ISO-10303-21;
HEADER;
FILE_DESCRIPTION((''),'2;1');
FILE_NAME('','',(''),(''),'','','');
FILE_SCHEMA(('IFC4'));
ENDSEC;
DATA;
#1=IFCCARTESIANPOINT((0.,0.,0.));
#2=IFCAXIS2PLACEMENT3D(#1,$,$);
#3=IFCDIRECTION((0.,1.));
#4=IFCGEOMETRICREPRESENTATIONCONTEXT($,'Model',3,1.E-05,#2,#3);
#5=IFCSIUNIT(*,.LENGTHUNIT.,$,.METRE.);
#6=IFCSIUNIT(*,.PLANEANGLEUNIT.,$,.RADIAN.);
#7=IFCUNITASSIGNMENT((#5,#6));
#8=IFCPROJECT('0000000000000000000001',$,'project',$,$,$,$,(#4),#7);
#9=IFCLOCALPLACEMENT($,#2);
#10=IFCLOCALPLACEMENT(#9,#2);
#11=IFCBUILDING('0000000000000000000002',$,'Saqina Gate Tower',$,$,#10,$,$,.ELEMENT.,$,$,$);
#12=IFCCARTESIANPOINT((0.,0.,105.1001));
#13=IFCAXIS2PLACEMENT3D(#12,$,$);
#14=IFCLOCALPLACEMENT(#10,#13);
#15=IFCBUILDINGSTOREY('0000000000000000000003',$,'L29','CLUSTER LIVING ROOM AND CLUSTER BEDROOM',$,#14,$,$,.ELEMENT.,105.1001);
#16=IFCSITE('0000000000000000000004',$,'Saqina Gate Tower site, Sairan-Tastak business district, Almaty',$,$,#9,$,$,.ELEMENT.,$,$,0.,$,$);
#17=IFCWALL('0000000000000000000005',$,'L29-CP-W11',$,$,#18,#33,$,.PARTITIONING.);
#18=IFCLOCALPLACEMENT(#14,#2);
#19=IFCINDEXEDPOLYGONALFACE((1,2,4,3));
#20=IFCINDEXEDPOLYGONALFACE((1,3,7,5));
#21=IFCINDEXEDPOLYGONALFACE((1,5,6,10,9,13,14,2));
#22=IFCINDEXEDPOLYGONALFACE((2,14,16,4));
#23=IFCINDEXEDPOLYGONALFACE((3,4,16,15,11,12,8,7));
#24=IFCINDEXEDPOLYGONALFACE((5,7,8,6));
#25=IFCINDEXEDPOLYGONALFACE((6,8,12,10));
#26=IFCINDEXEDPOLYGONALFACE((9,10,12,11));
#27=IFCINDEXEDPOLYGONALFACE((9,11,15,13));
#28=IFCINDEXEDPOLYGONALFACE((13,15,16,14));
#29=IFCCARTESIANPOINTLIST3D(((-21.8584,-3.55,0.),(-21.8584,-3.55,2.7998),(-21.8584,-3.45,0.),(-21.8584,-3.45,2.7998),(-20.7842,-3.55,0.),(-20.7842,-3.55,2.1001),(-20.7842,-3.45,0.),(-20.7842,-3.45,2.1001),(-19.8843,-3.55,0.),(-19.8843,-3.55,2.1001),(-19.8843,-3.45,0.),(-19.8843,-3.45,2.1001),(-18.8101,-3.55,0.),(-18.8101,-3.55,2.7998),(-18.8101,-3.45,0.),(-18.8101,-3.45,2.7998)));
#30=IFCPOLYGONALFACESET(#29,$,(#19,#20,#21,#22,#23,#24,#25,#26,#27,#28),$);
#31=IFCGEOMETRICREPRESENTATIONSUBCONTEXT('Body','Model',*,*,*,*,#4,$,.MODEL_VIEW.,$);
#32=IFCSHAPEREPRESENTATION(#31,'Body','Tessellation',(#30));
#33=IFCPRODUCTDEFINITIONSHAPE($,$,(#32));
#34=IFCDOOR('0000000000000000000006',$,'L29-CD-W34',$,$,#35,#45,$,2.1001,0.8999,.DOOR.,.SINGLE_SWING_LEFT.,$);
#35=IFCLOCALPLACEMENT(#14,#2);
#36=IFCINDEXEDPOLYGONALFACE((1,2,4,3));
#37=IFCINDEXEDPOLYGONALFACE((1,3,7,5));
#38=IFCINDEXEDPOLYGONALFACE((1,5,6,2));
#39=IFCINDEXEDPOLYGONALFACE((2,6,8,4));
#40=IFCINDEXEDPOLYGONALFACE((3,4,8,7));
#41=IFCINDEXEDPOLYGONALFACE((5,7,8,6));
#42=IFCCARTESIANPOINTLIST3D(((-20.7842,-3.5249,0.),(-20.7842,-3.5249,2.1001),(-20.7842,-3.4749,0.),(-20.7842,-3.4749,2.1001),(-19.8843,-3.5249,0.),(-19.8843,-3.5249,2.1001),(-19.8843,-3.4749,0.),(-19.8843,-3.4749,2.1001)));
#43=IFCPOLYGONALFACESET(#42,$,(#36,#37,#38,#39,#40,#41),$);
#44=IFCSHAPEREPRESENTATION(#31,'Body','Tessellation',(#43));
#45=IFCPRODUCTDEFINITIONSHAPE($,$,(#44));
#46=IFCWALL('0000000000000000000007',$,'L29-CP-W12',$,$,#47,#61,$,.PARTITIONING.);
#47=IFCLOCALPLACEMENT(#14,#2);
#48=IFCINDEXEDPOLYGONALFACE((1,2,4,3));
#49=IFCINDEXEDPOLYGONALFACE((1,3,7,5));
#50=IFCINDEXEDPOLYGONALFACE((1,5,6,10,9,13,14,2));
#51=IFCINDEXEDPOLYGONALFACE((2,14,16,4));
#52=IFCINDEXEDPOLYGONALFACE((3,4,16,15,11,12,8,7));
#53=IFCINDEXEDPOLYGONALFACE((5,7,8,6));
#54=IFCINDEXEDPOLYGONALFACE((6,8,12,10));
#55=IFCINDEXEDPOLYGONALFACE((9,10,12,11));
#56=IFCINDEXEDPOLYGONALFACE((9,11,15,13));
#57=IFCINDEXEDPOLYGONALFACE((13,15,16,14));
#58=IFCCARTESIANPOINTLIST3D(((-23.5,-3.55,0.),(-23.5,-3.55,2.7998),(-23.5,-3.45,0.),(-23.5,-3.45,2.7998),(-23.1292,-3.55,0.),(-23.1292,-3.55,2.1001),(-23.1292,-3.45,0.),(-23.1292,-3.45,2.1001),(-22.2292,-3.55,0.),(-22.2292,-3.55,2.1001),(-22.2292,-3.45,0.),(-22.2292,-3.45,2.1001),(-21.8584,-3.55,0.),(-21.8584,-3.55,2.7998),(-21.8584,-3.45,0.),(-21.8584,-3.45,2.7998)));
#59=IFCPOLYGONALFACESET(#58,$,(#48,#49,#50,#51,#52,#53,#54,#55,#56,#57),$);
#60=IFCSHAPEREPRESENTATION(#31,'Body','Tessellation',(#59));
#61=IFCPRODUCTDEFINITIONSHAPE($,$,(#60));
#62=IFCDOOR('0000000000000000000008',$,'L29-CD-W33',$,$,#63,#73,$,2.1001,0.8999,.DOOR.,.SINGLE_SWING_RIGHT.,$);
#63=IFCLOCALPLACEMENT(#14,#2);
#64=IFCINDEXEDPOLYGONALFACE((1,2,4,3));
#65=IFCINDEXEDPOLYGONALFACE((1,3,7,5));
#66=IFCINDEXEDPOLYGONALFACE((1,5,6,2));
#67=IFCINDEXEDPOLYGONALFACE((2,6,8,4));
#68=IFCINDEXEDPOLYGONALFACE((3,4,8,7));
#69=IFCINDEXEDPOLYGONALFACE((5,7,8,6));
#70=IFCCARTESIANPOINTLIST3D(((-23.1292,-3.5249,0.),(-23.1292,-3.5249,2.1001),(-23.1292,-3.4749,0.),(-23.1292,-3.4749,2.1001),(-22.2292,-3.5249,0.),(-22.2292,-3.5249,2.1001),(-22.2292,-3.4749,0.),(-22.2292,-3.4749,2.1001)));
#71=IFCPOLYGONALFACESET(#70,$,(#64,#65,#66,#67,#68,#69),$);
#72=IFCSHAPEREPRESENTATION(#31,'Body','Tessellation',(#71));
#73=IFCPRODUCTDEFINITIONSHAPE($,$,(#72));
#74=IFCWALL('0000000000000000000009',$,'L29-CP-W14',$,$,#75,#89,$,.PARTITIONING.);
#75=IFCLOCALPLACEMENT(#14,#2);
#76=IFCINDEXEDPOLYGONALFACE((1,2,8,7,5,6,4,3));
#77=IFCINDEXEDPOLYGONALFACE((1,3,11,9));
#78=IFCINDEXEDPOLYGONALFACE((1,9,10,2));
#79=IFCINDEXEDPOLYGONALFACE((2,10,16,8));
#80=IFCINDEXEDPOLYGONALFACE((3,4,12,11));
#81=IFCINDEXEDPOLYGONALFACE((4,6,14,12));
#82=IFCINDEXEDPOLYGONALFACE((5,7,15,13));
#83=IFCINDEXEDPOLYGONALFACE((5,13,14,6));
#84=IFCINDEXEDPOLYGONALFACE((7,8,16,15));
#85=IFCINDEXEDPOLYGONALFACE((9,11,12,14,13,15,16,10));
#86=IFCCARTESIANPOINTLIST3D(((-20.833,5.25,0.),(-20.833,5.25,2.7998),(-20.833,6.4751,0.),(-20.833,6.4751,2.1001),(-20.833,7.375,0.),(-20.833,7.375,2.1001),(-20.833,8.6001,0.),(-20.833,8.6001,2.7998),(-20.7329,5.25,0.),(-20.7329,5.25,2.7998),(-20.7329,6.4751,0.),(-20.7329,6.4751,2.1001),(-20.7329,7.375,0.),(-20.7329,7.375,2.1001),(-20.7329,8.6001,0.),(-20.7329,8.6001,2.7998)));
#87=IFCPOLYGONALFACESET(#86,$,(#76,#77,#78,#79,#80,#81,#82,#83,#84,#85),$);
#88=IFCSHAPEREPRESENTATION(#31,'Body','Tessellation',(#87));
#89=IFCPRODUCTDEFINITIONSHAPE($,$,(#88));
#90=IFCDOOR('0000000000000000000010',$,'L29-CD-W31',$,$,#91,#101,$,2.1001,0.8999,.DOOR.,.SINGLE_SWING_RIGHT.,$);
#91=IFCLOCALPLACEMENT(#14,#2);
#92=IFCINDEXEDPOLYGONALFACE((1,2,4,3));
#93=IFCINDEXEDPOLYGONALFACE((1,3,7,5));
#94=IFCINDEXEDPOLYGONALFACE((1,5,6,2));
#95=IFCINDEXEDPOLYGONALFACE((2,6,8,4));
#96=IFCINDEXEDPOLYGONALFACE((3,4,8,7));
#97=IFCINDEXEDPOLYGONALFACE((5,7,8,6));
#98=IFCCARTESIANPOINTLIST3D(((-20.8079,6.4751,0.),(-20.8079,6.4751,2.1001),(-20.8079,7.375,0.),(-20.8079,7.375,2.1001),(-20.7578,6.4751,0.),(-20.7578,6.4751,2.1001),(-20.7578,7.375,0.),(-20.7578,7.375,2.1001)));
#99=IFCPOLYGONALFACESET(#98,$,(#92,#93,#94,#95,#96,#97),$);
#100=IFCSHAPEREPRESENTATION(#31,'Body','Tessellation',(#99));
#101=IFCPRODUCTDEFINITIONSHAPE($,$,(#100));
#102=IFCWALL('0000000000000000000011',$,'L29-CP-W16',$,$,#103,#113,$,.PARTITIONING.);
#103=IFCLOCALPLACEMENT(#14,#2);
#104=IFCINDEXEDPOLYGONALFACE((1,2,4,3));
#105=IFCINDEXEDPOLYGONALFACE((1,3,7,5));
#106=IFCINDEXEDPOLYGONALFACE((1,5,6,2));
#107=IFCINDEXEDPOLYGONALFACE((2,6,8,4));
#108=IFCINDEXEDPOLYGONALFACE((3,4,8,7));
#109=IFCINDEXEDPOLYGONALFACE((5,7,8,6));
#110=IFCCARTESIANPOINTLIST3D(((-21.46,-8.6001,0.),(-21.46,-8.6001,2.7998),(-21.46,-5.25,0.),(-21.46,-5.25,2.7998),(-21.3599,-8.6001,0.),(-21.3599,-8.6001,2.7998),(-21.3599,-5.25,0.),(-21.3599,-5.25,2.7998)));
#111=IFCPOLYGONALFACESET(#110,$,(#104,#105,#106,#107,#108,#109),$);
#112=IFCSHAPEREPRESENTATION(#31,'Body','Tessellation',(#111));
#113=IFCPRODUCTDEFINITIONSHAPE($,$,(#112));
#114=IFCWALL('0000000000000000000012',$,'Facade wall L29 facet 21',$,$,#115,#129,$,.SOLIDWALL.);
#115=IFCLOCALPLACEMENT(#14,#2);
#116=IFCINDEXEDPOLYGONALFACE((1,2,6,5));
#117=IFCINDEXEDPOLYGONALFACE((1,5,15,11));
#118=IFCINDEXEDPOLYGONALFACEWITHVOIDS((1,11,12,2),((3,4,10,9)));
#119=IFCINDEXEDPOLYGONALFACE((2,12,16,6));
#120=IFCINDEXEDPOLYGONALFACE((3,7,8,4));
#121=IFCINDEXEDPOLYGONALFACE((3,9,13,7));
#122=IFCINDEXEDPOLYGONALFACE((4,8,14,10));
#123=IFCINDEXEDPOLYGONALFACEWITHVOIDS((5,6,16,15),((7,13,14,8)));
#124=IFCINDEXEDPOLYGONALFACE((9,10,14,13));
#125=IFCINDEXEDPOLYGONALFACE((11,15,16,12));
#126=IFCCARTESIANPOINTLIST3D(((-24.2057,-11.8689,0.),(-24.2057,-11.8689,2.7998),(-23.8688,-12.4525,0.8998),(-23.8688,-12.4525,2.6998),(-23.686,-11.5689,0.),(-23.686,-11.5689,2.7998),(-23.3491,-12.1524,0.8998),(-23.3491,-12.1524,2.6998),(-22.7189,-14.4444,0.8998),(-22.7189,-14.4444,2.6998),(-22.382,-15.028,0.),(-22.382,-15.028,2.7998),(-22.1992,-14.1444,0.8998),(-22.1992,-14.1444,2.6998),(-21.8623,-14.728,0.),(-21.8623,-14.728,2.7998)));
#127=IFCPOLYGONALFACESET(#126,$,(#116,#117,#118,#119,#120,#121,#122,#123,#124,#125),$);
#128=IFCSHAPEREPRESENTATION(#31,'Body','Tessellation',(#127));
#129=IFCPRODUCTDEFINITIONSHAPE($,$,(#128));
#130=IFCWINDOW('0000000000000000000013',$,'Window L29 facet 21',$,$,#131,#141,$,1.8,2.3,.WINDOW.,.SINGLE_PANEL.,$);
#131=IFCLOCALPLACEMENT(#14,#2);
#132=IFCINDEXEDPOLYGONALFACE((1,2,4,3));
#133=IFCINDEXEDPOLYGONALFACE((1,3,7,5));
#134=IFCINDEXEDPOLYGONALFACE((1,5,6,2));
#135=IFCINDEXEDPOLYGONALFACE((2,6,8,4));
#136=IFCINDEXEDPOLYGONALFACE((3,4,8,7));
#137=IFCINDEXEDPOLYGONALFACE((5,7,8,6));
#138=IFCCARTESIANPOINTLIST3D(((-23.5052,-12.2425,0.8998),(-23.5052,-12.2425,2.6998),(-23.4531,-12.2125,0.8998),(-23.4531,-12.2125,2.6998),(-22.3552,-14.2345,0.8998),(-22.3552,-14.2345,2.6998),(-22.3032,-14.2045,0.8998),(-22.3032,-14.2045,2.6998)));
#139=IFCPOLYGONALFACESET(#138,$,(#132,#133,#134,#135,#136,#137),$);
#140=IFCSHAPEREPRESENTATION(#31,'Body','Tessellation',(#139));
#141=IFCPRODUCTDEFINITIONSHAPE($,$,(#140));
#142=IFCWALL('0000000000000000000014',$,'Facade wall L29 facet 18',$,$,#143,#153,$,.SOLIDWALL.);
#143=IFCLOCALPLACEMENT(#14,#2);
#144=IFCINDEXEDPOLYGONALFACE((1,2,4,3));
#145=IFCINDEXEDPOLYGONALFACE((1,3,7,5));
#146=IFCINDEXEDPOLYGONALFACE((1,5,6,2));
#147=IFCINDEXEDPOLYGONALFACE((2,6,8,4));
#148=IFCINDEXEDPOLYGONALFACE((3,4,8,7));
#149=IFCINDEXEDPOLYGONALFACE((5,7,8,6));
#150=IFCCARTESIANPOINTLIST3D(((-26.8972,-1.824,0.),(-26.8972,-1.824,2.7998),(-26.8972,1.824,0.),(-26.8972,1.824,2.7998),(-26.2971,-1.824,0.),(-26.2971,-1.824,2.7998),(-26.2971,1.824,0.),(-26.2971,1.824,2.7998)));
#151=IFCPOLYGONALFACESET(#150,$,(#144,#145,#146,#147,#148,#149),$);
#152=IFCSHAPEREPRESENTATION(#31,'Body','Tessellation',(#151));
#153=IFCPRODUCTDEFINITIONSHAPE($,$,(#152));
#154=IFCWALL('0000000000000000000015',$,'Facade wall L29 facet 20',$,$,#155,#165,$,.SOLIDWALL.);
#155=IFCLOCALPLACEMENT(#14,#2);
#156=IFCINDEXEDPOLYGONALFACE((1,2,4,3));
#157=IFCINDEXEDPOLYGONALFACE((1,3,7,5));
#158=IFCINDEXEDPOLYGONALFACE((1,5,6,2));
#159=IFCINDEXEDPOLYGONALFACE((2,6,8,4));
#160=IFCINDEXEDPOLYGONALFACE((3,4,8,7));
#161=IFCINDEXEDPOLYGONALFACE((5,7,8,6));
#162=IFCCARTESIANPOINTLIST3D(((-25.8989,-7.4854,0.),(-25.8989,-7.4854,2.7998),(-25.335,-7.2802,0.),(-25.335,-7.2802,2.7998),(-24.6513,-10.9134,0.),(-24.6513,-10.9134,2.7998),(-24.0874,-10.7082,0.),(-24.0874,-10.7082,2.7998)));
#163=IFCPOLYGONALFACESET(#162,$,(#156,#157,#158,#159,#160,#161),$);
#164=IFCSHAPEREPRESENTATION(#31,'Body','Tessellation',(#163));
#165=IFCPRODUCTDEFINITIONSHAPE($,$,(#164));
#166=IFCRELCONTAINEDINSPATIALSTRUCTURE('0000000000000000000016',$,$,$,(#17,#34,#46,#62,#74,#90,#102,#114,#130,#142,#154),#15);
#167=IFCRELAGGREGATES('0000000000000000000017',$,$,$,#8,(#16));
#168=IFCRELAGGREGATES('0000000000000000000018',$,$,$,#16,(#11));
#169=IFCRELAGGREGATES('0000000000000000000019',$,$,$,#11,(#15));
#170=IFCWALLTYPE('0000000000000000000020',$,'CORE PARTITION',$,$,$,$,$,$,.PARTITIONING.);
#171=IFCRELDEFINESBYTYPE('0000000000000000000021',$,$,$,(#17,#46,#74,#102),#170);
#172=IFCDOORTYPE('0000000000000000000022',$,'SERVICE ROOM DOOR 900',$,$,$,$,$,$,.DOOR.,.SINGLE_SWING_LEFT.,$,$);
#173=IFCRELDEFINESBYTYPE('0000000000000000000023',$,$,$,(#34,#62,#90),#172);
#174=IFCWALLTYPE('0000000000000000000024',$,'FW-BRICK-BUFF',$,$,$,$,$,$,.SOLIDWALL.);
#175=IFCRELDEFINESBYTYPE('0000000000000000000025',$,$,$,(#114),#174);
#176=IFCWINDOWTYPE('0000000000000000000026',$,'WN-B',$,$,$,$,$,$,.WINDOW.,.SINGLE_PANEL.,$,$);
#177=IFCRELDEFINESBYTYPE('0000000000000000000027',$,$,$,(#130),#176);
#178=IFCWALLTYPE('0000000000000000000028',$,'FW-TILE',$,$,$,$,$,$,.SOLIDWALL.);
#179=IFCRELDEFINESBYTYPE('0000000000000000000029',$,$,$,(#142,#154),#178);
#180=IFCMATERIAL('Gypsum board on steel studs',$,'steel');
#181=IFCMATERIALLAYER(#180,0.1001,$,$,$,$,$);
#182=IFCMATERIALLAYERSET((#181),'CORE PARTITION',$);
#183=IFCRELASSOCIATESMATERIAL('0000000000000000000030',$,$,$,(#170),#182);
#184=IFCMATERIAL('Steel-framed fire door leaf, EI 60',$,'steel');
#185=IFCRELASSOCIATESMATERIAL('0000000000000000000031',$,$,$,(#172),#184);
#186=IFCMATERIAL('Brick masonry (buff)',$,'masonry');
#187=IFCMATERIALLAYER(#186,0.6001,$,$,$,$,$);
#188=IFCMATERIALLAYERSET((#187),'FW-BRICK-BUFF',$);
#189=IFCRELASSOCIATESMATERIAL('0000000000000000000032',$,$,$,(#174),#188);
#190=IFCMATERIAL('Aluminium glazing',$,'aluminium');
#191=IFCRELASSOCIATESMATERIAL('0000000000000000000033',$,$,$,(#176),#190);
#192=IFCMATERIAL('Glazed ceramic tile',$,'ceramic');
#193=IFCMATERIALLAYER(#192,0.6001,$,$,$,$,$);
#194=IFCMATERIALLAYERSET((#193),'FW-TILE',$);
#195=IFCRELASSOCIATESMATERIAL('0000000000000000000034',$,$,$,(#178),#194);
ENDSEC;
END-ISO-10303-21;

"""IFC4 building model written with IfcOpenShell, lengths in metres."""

from ifc_helpers import new_model, si_unit, direction, frame, frame_2d, origin, place, context, subcontext, project, spatial, rectangle, extrude, material, layer, layer_set, type_object, element, fill, save


model = new_model("IFC4")

# Units and contexts
model_context = context("Model", 3, precision=1e-05, world=origin(), true_north=direction((0.0, 1.0)))
body_context = subcontext(model_context, "Body", "Model", "MODEL_VIEW")
ifc_project = project(units=[si_unit("LENGTHUNIT", "METRE"), si_unit("PLANEANGLEUNIT", "RADIAN")], contexts=[model_context])

# Site, building, storey
site_placement = place(None, origin())
site = spatial("IfcSite", under=ifc_project, at=site_placement, Name="Saqina Gate Tower site, Sairan-Tastak business district, Almaty", CompositionType="ELEMENT", RefElevation=0.0)
building_placement = place(site_placement, origin())
building = spatial("IfcBuilding", under=site, at=building_placement, Name="Saqina Gate Tower", CompositionType="ELEMENT")
storey_placement = place(building_placement, frame((0.0, 0.0, 105.1001)))
storey = spatial("IfcBuildingStorey", under=building, at=storey_placement, Name="L29", Description="CLUSTER LIVING ROOM AND CLUSTER BEDROOM", CompositionType="ELEMENT", Elevation=105.1001)

# Shared definitions
ifc_material_1 = material(Name="Gypsum board on steel studs", Category="steel")
ifc_layer_1 = layer(ifc_material_1, 0.1001)
ifc_layer_set_1 = layer_set([ifc_layer_1], Name="CORE PARTITION")
wall_type_1 = type_object("IfcWallType", Name="CORE PARTITION", PredefinedType="PARTITIONING", material=ifc_layer_set_1)

# Walls, openings, doors
ifc_material_2 = material(Name="Steel-framed fire door leaf, EI 60", Category="steel")
door_type = type_object("IfcDoorType", Name="SERVICE ROOM DOOR 900", OperationType="SINGLE_SWING_LEFT", PredefinedType="DOOR", material=ifc_material_2)
wall_1_placement = place(storey_placement, frame((-18.8101, -3.5, 0.0), z_axis=(0.0, 0.0, 1.0), x_axis=(-1.0, 0.0, 0.0)))
wall_1 = element("IfcWall", 1, at=wall_1_placement, inside=storey, type_object=wall_type_1, Name="L29-CP-W11", PredefinedType="PARTITIONING", context=body_context, shape_type="SweptSolid", body=[
    extrude(rectangle(XDim=3.0483, YDim=0.1001, at=frame_2d((1.5242, 0.0))), origin(), (0.0, 0.0, 1.0), 2.7998),
])
opening_1_placement = place(wall_1_placement, frame((1.0742, 0.0, 0.0)))
opening_1 = element("IfcOpeningElement", 2, at=opening_1_placement, cuts=wall_1, PredefinedType="OPENING", context=body_context, shape_type="SweptSolid", body=[
    extrude(rectangle(XDim=0.8999, YDim=2.1001, at=frame_2d((0.45, 1.05))), frame((0.0, 0.062, 0.0), z_axis=(0.0, -1.0, 0.0), x_axis=(1.0, 0.0, 0.0)), (0.0, 0.0, 1.0), 0.124),
])
door_1_placement = place(opening_1_placement, origin())
door_1 = element("IfcDoor", 3, at=door_1_placement, inside=storey, type_object=door_type, Name="L29-CD-W34", OperationType="SINGLE_SWING_LEFT", OverallHeight=2.1001, OverallWidth=0.8999, PredefinedType="DOOR", context=body_context, shape_type="SweptSolid", body=[
    extrude(rectangle(XDim=0.8999, YDim=2.1001, at=frame_2d((0.45, 1.05))), frame((0.0, 0.0249, 0.0), z_axis=(0.0, -1.0, 0.0), x_axis=(1.0, 0.0, 0.0)), (0.0, 0.0, 1.0), 0.05),
])
fill(opening_1, door_1)
wall_2_placement = place(storey_placement, frame((-21.8584, -3.5, 0.0), z_axis=(0.0, 0.0, 1.0), x_axis=(-1.0, 0.0, 0.0)))
wall_2 = element("IfcWall", 4, at=wall_2_placement, inside=storey, type_object=wall_type_1, Name="L29-CP-W12", PredefinedType="PARTITIONING", context=body_context, shape_type="SweptSolid", body=[
    extrude(rectangle(XDim=1.6416, YDim=0.1001, at=frame_2d((0.8208, 0.0))), origin(), (0.0, 0.0, 1.0), 2.7998),
])
opening_2_placement = place(wall_2_placement, frame((0.3708, 0.0, 0.0)))
opening_2 = element("IfcOpeningElement", 5, at=opening_2_placement, cuts=wall_2, PredefinedType="OPENING", context=body_context, shape_type="SweptSolid", body=[
    extrude(rectangle(XDim=0.8999, YDim=2.1001, at=frame_2d((0.45, 1.05))), frame((0.0, 0.062, 0.0), z_axis=(0.0, -1.0, 0.0), x_axis=(1.0, 0.0, 0.0)), (0.0, 0.0, 1.0), 0.124),
])
door_2_placement = place(opening_2_placement, origin())
door_2 = element("IfcDoor", 6, at=door_2_placement, inside=storey, type_object=door_type, Name="L29-CD-W33", OperationType="SINGLE_SWING_RIGHT", OverallHeight=2.1001, OverallWidth=0.8999, PredefinedType="DOOR", context=body_context, shape_type="SweptSolid", body=[
    extrude(rectangle(XDim=0.8999, YDim=2.1001, at=frame_2d((0.45, 1.05))), frame((0.0, 0.0249, 0.0), z_axis=(0.0, -1.0, 0.0), x_axis=(1.0, 0.0, 0.0)), (0.0, 0.0, 1.0), 0.05),
])
fill(opening_2, door_2)
wall_3_placement = place(storey_placement, frame((-20.783, 5.25, 0.0), z_axis=(0.0, 0.0, 1.0), x_axis=(0.0, 1.0, 0.0)))
wall_3 = element("IfcWall", 7, at=wall_3_placement, inside=storey, type_object=wall_type_1, Name="L29-CP-W14", PredefinedType="PARTITIONING", context=body_context, shape_type="SweptSolid", body=[
    extrude(rectangle(XDim=3.3501, YDim=0.1001, at=frame_2d((1.675, 0.0))), origin(), (0.0, 0.0, 1.0), 2.7998),
])
opening_3_placement = place(wall_3_placement, frame((1.2251, 0.0, 0.0)))
opening_3 = element("IfcOpeningElement", 8, at=opening_3_placement, cuts=wall_3, PredefinedType="OPENING", context=body_context, shape_type="SweptSolid", body=[
    extrude(rectangle(XDim=0.8999, YDim=2.1001, at=frame_2d((0.45, 1.05))), frame((0.0, 0.062, 0.0), z_axis=(0.0, -1.0, 0.0), x_axis=(1.0, 0.0, 0.0)), (0.0, 0.0, 1.0), 0.124),
])
door_3_placement = place(opening_3_placement, origin())
door_3 = element("IfcDoor", 9, at=door_3_placement, inside=storey, type_object=door_type, Name="L29-CD-W31", OperationType="SINGLE_SWING_RIGHT", OverallHeight=2.1001, OverallWidth=0.8999, PredefinedType="DOOR", context=body_context, shape_type="SweptSolid", body=[
    extrude(rectangle(XDim=0.8999, YDim=2.1001, at=frame_2d((0.45, 1.05))), frame((0.0, 0.0249, 0.0), z_axis=(0.0, -1.0, 0.0), x_axis=(1.0, 0.0, 0.0)), (0.0, 0.0, 1.0), 0.05),
])
fill(opening_3, door_3)

# Wall
wall_4_placement = place(storey_placement, frame((-21.4099, -8.6001, 0.0), z_axis=(0.0, 0.0, 1.0), x_axis=(0.0, 1.0, 0.0)))
element("IfcWall", 10, at=wall_4_placement, inside=storey, type_object=wall_type_1, Name="L29-CP-W16", PredefinedType="PARTITIONING", context=body_context, shape_type="SweptSolid", body=[
    extrude(rectangle(XDim=3.3501, YDim=0.1001, at=frame_2d((1.675, 0.0))), origin(), (0.0, 0.0, 1.0), 2.7998),
])

# Wall, opening, window
ifc_material_3 = material(Name="Brick masonry (buff)", Category="masonry")
ifc_layer_2 = layer(ifc_material_3, 0.6001)
ifc_layer_set_2 = layer_set([ifc_layer_2], Name="FW-BRICK-BUFF")
wall_type_2 = type_object("IfcWallType", Name="FW-BRICK-BUFF", PredefinedType="SOLIDWALL", material=ifc_layer_set_2)
wall_5_placement = place(storey_placement, frame((-23.9458, -11.719, 0.0), z_axis=(0.0, 0.0, 1.0), x_axis=(0.499954, -0.866052, 0.0)))
wall_5 = element("IfcWall", 11, at=wall_5_placement, inside=storey, type_object=wall_type_2, Name="Facade wall L29 facet 21", PredefinedType="SOLIDWALL", context=body_context, shape_type="SweptSolid", body=[
    extrude(rectangle(XDim=3.6477, YDim=0.6001, at=frame_2d((1.8237, 0.0))), origin(), (0.0, 0.0, 1.0), 2.7998),
])
opening_4_placement = place(wall_5_placement, frame((0.6738, 0.0, 0.8999)))
opening_4 = element("IfcOpeningElement", 12, at=opening_4_placement, cuts=wall_5, PredefinedType="OPENING", context=body_context, shape_type="SweptSolid", body=[
    extrude(rectangle(XDim=2.3, YDim=1.8, at=frame_2d((1.1499, 0.8999))), frame((0.0, 0.312, 0.0), z_axis=(0.0, -1.0, 0.0), x_axis=(1.0, 0.0, 0.0)), (0.0, 0.0, 1.0), 0.624),
])
ifc_material_4 = material(Name="Aluminium glazing", Category="aluminium")
window_type = type_object("IfcWindowType", Name="WN-B", PartitioningType="SINGLE_PANEL", PredefinedType="WINDOW", material=ifc_material_4)
window_placement = place(opening_4_placement, origin())
window = element("IfcWindow", 13, at=window_placement, inside=storey, type_object=window_type, Name="Window L29 facet 21", OverallHeight=1.8, OverallWidth=2.3, PartitioningType="SINGLE_PANEL", PredefinedType="WINDOW", context=body_context, shape_type="SweptSolid", body=[
    extrude(rectangle(XDim=2.3, YDim=1.8, at=frame_2d((1.1499, 0.8999))), frame((0.0, 0.1799, 0.0), z_axis=(0.0, -1.0, 0.0), x_axis=(1.0, 0.0, 0.0)), (0.0, 0.0, 1.0), 0.0601),
])
fill(opening_4, window)

# Walls
ifc_material_5 = material(Name="Glazed ceramic tile", Category="ceramic")
ifc_layer_3 = layer(ifc_material_5, 0.6001)
ifc_layer_set_3 = layer_set([ifc_layer_3], Name="FW-TILE")
wall_type_3 = type_object("IfcWallType", Name="FW-TILE", PredefinedType="SOLIDWALL", material=ifc_layer_set_3)
for number, where, z_axis, x_axis, name in (
    (14, (-26.5972, 1.824, 0.0), (0.0, 0.0, 1.0), (0.0, -1.0, 0.0), "Facade wall L29 facet 18"),
    (15, (-25.6169, -7.3828, 0.0), (0.0, 0.0, 1.0), (0.34199, -0.939704, 0.0), "Facade wall L29 facet 20"),
):
    element("IfcWall", number, at=place(storey_placement, frame(where, z_axis=z_axis, x_axis=x_axis)), inside=storey, type_object=wall_type_3, Name=name, PredefinedType="SOLIDWALL", context=body_context, shape_type="SweptSolid", body=[
        extrude(rectangle(XDim=3.6479, YDim=0.6001, at=frame_2d((1.824, 0.0))), origin(), (0.0, 0.0, 1.0), 2.7998),
    ])

save(model, "model.ifc")
